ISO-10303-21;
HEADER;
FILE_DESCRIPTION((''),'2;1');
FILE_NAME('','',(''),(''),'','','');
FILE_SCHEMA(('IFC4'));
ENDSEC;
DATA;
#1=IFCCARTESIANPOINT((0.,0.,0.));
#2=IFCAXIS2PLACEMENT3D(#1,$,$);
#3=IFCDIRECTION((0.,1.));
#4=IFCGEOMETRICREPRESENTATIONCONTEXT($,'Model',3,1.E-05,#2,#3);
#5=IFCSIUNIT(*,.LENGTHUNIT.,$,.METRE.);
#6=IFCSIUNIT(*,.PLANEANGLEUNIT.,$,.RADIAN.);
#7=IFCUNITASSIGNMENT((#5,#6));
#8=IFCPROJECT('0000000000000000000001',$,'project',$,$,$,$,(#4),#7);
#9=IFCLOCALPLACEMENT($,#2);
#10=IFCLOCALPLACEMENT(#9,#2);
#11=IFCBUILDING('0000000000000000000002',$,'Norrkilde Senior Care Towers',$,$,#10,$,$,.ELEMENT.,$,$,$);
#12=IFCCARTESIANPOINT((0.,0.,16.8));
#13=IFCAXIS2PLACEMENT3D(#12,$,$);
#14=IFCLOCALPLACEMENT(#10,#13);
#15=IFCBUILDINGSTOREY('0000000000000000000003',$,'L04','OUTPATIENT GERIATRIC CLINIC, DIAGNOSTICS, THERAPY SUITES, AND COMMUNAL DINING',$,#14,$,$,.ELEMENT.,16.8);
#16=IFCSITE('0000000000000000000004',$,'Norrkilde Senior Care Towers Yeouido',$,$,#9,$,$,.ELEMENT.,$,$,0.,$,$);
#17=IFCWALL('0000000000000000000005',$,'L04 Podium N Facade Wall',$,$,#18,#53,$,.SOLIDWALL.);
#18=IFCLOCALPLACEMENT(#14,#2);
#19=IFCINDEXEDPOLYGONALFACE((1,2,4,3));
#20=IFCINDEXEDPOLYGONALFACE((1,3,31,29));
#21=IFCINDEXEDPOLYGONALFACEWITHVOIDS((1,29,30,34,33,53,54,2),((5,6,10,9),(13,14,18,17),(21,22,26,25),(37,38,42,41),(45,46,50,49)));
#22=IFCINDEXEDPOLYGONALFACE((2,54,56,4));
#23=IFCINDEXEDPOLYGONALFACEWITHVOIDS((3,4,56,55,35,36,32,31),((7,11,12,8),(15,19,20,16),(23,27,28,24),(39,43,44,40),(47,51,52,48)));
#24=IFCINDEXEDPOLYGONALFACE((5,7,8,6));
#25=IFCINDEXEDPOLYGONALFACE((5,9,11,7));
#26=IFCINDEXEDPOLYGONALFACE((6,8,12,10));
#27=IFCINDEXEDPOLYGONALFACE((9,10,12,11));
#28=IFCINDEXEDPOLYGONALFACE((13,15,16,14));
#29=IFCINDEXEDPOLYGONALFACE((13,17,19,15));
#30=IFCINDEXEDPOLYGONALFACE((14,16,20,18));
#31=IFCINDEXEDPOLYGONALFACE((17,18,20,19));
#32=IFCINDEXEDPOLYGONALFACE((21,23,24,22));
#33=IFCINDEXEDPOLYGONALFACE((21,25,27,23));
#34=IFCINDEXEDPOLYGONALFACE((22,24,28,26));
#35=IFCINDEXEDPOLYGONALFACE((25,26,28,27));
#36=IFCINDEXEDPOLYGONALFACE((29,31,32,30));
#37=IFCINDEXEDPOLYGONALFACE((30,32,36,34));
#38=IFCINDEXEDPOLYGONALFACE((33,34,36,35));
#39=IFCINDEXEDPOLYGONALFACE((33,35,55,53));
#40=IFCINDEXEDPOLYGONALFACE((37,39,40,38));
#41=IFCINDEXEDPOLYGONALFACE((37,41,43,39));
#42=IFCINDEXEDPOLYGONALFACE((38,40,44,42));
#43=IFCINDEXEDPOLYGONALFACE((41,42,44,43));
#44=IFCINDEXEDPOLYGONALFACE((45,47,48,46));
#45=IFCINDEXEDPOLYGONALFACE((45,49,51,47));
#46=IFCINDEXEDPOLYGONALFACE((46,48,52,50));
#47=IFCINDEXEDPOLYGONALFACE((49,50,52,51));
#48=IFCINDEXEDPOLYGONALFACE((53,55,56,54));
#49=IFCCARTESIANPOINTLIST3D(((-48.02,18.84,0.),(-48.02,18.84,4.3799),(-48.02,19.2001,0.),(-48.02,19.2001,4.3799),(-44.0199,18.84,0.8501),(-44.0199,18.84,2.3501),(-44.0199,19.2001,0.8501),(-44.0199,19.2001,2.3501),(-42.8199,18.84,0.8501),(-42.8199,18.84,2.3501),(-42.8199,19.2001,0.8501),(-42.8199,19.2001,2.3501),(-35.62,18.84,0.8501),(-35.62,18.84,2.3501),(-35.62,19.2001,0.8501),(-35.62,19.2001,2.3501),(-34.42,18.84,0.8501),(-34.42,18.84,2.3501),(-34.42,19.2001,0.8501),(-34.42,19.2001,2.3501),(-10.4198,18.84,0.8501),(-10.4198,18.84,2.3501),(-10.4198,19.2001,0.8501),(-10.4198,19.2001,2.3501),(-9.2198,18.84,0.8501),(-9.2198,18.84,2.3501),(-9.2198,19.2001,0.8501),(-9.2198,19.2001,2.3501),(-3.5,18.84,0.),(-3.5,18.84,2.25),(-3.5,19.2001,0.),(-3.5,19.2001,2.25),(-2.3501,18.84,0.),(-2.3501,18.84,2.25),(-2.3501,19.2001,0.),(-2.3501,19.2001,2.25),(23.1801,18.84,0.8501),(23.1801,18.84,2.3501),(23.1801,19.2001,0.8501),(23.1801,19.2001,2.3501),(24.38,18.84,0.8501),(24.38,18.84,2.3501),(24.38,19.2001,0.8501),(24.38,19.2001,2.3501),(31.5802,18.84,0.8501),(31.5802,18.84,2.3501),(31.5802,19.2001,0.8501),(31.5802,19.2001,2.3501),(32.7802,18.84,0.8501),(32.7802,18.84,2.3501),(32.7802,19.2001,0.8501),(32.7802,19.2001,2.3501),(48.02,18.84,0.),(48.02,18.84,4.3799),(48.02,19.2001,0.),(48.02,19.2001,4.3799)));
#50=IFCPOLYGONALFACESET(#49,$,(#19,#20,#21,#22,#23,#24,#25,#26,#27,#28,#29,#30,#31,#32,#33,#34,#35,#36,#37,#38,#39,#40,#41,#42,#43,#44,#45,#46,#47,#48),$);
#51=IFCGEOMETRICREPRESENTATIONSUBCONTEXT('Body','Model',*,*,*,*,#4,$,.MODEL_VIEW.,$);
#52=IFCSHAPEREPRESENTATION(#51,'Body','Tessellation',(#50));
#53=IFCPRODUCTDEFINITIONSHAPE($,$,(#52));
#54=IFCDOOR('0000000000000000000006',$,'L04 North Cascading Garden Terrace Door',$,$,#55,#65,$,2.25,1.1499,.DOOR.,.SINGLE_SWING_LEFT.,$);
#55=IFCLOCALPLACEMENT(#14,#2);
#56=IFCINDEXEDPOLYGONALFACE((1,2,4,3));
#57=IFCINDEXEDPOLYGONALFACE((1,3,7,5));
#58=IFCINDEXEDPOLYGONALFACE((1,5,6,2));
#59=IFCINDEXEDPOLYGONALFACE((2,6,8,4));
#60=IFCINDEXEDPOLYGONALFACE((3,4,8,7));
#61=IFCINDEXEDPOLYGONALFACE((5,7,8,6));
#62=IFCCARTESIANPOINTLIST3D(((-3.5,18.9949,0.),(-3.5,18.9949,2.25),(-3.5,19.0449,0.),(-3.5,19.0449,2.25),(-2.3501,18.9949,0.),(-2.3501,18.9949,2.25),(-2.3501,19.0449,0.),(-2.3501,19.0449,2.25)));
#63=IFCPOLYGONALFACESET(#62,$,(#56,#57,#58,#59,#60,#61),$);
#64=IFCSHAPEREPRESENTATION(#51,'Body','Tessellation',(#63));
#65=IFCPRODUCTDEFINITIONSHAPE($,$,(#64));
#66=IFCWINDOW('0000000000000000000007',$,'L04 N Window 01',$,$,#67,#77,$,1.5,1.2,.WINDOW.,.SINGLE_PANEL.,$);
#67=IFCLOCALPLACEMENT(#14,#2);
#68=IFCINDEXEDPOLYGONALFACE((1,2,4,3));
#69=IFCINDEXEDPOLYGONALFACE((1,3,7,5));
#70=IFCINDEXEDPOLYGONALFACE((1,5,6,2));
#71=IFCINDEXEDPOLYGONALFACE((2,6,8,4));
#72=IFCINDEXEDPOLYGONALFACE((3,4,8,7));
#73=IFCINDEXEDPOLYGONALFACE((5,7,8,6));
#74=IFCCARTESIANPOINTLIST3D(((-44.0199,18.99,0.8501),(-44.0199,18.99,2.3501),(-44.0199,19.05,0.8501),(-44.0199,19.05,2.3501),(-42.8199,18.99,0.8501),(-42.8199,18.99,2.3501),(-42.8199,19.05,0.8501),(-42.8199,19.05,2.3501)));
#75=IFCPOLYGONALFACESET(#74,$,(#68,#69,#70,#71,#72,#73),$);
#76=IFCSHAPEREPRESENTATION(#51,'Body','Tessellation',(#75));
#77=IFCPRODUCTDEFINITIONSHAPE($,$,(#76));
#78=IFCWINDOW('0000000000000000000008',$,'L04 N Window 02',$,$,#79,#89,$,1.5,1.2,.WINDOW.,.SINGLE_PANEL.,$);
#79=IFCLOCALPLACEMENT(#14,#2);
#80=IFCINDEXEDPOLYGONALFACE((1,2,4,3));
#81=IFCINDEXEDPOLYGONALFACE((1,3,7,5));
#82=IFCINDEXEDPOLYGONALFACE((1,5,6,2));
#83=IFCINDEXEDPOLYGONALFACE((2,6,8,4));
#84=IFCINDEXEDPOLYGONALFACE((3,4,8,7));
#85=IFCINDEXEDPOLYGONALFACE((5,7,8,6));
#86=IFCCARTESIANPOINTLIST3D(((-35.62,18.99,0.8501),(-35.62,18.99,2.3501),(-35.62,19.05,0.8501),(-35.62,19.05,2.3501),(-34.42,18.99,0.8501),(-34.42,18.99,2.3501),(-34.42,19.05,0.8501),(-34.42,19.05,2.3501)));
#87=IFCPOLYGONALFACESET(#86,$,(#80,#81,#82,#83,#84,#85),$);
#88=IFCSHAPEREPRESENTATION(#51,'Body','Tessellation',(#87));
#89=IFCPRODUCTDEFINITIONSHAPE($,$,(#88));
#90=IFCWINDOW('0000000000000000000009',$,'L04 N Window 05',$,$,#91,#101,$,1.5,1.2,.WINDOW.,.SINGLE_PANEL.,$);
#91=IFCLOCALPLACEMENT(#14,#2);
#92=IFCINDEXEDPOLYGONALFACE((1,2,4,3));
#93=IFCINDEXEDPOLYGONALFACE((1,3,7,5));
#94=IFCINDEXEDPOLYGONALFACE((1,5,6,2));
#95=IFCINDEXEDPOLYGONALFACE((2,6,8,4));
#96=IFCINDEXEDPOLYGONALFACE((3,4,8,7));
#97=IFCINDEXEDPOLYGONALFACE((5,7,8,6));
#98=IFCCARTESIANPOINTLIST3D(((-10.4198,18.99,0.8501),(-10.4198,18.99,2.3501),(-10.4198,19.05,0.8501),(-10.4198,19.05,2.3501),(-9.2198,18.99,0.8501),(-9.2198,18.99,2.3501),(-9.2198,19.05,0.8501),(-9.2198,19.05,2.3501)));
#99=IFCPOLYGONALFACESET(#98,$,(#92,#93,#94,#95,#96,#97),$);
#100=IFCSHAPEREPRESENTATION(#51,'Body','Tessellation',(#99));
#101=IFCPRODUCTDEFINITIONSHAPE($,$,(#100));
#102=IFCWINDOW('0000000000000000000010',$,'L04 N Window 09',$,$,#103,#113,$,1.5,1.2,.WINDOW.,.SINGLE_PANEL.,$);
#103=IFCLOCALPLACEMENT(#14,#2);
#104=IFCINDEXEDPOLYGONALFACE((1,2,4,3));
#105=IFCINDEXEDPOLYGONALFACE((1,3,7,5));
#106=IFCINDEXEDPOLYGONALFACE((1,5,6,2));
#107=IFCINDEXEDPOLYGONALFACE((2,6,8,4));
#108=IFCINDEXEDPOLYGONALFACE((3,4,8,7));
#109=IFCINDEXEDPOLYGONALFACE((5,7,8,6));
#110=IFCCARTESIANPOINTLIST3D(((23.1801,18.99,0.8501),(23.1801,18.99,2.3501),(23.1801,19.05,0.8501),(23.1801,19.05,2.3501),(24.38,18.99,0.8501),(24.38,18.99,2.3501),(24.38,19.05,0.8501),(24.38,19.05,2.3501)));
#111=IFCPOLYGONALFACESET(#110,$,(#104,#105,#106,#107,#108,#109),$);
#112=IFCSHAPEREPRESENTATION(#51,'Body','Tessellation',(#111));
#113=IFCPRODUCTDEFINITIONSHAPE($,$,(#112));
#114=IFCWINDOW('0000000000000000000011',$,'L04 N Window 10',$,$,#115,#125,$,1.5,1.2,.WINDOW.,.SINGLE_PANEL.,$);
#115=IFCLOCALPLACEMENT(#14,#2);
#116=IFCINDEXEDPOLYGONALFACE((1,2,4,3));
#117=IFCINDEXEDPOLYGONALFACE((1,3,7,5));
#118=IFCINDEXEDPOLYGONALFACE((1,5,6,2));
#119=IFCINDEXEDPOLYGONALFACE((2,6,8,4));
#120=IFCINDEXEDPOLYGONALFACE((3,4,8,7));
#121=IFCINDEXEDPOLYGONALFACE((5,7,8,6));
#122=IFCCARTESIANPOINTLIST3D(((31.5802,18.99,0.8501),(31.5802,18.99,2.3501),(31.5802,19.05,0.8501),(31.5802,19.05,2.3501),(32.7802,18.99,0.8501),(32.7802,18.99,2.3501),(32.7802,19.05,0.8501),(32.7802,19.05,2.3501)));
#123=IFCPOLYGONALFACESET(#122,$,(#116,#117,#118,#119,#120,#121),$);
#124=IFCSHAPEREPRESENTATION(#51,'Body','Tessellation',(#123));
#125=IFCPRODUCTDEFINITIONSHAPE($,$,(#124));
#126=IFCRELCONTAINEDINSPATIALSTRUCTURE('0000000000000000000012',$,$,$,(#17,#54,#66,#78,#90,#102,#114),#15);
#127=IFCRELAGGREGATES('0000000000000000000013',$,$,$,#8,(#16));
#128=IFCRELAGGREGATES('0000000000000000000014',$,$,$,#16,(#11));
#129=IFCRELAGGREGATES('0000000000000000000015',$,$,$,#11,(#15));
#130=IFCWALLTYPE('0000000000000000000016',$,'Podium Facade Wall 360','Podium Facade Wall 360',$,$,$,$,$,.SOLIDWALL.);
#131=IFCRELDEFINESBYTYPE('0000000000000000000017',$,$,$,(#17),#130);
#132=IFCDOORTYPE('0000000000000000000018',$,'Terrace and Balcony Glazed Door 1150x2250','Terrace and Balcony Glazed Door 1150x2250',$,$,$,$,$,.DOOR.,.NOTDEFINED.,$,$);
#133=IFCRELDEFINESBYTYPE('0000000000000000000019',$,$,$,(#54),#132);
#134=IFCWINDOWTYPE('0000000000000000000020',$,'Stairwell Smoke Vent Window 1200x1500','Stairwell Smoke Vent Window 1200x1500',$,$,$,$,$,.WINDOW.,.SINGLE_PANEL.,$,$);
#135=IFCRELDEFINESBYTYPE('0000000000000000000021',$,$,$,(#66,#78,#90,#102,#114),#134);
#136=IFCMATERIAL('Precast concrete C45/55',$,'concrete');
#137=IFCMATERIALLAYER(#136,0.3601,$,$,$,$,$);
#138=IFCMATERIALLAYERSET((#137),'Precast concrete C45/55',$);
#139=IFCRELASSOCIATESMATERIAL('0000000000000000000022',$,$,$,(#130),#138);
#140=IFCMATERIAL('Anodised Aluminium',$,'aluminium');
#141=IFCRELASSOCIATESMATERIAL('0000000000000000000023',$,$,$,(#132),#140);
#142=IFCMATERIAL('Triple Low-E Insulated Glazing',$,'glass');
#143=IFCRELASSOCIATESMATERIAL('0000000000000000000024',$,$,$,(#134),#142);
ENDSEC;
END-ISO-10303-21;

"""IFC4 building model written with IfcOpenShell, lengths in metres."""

from ifc_helpers import new_model, si_unit, direction, frame, frame_2d, origin, place, context, subcontext, project, spatial, rectangle, extrude, source, transform, mapped, material, layer, layer_set, type_object, type_shapes, element, fill, save


model = new_model("IFC4")

# Units and contexts
model_context = context("Model", 3, precision=1e-05, world=origin(), true_north=direction((0.0, 1.0)))
body_context = subcontext(model_context, "Body", "Model", "MODEL_VIEW")
ifc_project = project(units=[si_unit("LENGTHUNIT", "METRE"), si_unit("PLANEANGLEUNIT", "RADIAN")], contexts=[model_context])

# Site, building, storey
site_placement = place(None, origin())
site = spatial("IfcSite", under=ifc_project, at=site_placement, Name="Norrkilde Senior Care Towers Yeouido", CompositionType="ELEMENT", RefElevation=0.0)
building_placement = place(site_placement, origin())
building = spatial("IfcBuilding", under=site, at=building_placement, Name="Norrkilde Senior Care Towers", CompositionType="ELEMENT")
storey_placement = place(building_placement, frame((0.0, 0.0, 16.8)))
storey = spatial("IfcBuildingStorey", under=building, at=storey_placement, Name="L04", Description="OUTPATIENT GERIATRIC CLINIC, DIAGNOSTICS, THERAPY SUITES, AND COMMUNAL DINING", CompositionType="ELEMENT", Elevation=16.8)

# Wall, openings, door, windows
ifc_material_1 = material(Name="Precast concrete C45/55", Category="concrete")
ifc_layer_1 = layer(ifc_material_1, 0.3601)
ifc_layer_set_1 = layer_set([ifc_layer_1], Name="Precast concrete C45/55")
wall_type_1 = type_object("IfcWallType", Name="Podium Facade Wall 360", Description="Podium Facade Wall 360", PredefinedType="SOLIDWALL", material=ifc_layer_set_1)
shared_shape_1 = source(origin(), body_context, "Body", "SweptSolid", [
    extrude(rectangle(XDim=96.04, YDim=0.3601, at=frame_2d((48.02, 0.0))), origin(), (0.0, 0.0, 1.0), 4.3799),
])
type_shapes(wall_type_1, [shared_shape_1])
wall_1_placement = place(storey_placement, frame((-48.02, 19.02, 0.0), z_axis=(0.0, 0.0, 1.0), x_axis=(1.0, 0.0, 0.0)))
wall_1 = element("IfcWall", 1, at=wall_1_placement, inside=storey, type_object=wall_type_1, Name="L04 Podium N Facade Wall", PredefinedType="SOLIDWALL", context=body_context, shape_type="MappedRepresentation", body=[
    mapped(shared_shape_1, transform((0.0, 0.0, 0.0), x_axis=(1.0, 0.0, 0.0), y_axis=(0.0, 1.0, 0.0), z_axis=(0.0, 0.0, 1.0), scale=1.0)),
])
opening_1_placement = place(wall_1_placement, frame((44.52, 0.0, 0.0)))
opening_1 = element("IfcOpeningElement", 2, at=opening_1_placement, cuts=wall_1, PredefinedType="OPENING", context=body_context, shape_type="SweptSolid", body=[
    extrude(rectangle(XDim=1.1499, YDim=2.25, at=frame_2d((0.575, 1.125))), frame((0.0, 0.1899, 0.0), z_axis=(0.0, -1.0, 0.0), x_axis=(1.0, 0.0, 0.0)), (0.0, 0.0, 1.0), 0.3801),
])
opening_2_placement = place(wall_1_placement, frame((4.0, 0.0, 0.8501)))
opening_2 = element("IfcOpeningElement", 3, at=opening_2_placement, cuts=wall_1, PredefinedType="OPENING", context=body_context, shape_type="SweptSolid", body=[
    extrude(rectangle(XDim=1.2, YDim=1.5, at=frame_2d((0.6001, 0.75))), frame((0.0, 0.1899, 0.0), z_axis=(0.0, -1.0, 0.0), x_axis=(1.0, 0.0, 0.0)), (0.0, 0.0, 1.0), 0.3801),
])
opening_3_placement = place(wall_1_placement, frame((12.3999, 0.0, 0.8501)))
opening_3 = element("IfcOpeningElement", 4, at=opening_3_placement, cuts=wall_1, PredefinedType="OPENING", context=body_context, shape_type="SweptSolid", body=[
    extrude(rectangle(XDim=1.2, YDim=1.5, at=frame_2d((0.6001, 0.75))), frame((0.0, 0.1899, 0.0), z_axis=(0.0, -1.0, 0.0), x_axis=(1.0, 0.0, 0.0)), (0.0, 0.0, 1.0), 0.3801),
])
opening_4_placement = place(wall_1_placement, frame((37.6001, 0.0, 0.8501)))
opening_4 = element("IfcOpeningElement", 5, at=opening_4_placement, cuts=wall_1, PredefinedType="OPENING", context=body_context, shape_type="SweptSolid", body=[
    extrude(rectangle(XDim=1.2, YDim=1.5, at=frame_2d((0.6001, 0.75))), frame((0.0, 0.1899, 0.0), z_axis=(0.0, -1.0, 0.0), x_axis=(1.0, 0.0, 0.0)), (0.0, 0.0, 1.0), 0.3801),
])
opening_5_placement = place(wall_1_placement, frame((71.2, 0.0, 0.8501)))
opening_5 = element("IfcOpeningElement", 6, at=opening_5_placement, cuts=wall_1, PredefinedType="OPENING", context=body_context, shape_type="SweptSolid", body=[
    extrude(rectangle(XDim=1.2, YDim=1.5, at=frame_2d((0.6001, 0.75))), frame((0.0, 0.1899, 0.0), z_axis=(0.0, -1.0, 0.0), x_axis=(1.0, 0.0, 0.0)), (0.0, 0.0, 1.0), 0.3801),
])
opening_6_placement = place(wall_1_placement, frame((79.6001, 0.0, 0.8501)))
opening_6 = element("IfcOpeningElement", 7, at=opening_6_placement, cuts=wall_1, PredefinedType="OPENING", context=body_context, shape_type="SweptSolid", body=[
    extrude(rectangle(XDim=1.2, YDim=1.5, at=frame_2d((0.6001, 0.75))), frame((0.0, 0.1899, 0.0), z_axis=(0.0, -1.0, 0.0), x_axis=(1.0, 0.0, 0.0)), (0.0, 0.0, 1.0), 0.3801),
])
ifc_material_2 = material(Name="Anodised Aluminium", Category="aluminium")
door_type_1 = type_object("IfcDoorType", Name="Terrace and Balcony Glazed Door 1150x2250", Description="Terrace and Balcony Glazed Door 1150x2250", OperationType="NOTDEFINED", PredefinedType="DOOR", material=ifc_material_2)
shared_shape_2 = source(origin(), body_context, "Body", "SweptSolid", [
    extrude(rectangle(XDim=1.1499, YDim=2.25, at=frame_2d((0.575, 1.125))), frame((0.0, 0.0249, 0.0), z_axis=(0.0, -1.0, 0.0), x_axis=(1.0, 0.0, 0.0)), (0.0, 0.0, 1.0), 0.05),
])
type_shapes(door_type_1, [shared_shape_2])
door_1_placement = place(opening_1_placement, origin())
door_1 = element("IfcDoor", 8, at=door_1_placement, inside=storey, type_object=door_type_1, Name="L04 North Cascading Garden Terrace Door", OperationType="SINGLE_SWING_LEFT", OverallHeight=2.25, OverallWidth=1.1499, PredefinedType="DOOR", context=body_context, shape_type="MappedRepresentation", body=[
    mapped(shared_shape_2, transform((0.0, 0.0, 0.0), x_axis=(1.0, 0.0, 0.0), y_axis=(0.0, 1.0, 0.0), z_axis=(0.0, 0.0, 1.0), scale=1.0)),
])
fill(opening_1, door_1)
ifc_material_3 = material(Name="Triple Low-E Insulated Glazing", Category="glass")
window_type = type_object("IfcWindowType", Name="Stairwell Smoke Vent Window 1200x1500", Description="Stairwell Smoke Vent Window 1200x1500", PartitioningType="SINGLE_PANEL", PredefinedType="WINDOW", material=ifc_material_3)
shared_shape_3 = source(origin(), body_context, "Body", "SweptSolid", [
    extrude(rectangle(XDim=1.2, YDim=1.5, at=frame_2d((0.6001, 0.75))), frame((0.0, 0.03, 0.0), z_axis=(0.0, -1.0, 0.0), x_axis=(1.0, 0.0, 0.0)), (0.0, 0.0, 1.0), 0.0601),
])
type_shapes(window_type, [shared_shape_3])
window_1_placement = place(opening_2_placement, origin())
window_1 = element("IfcWindow", 9, at=window_1_placement, inside=storey, type_object=window_type, Name="L04 N Window 01", OverallHeight=1.5, OverallWidth=1.2, PartitioningType="SINGLE_PANEL", PredefinedType="WINDOW", context=body_context, shape_type="MappedRepresentation", body=[
    mapped(shared_shape_3, transform((0.0, 0.0, 0.0), x_axis=(1.0, 0.0, 0.0), y_axis=(0.0, 1.0, 0.0), z_axis=(0.0, 0.0, 1.0), scale=1.0)),
])
fill(opening_2, window_1)
window_2_placement = place(opening_3_placement, origin())
window_2 = element("IfcWindow", 10, at=window_2_placement, inside=storey, type_object=window_type, Name="L04 N Window 02", OverallHeight=1.5, OverallWidth=1.2, PartitioningType="SINGLE_PANEL", PredefinedType="WINDOW", context=body_context, shape_type="MappedRepresentation", body=[
    mapped(shared_shape_3, transform((0.0, 0.0, 0.0), x_axis=(1.0, 0.0, 0.0), y_axis=(0.0, 1.0, 0.0), z_axis=(0.0, 0.0, 1.0), scale=1.0)),
])
fill(opening_3, window_2)
window_3_placement = place(opening_4_placement, origin())
window_3 = element("IfcWindow", 11, at=window_3_placement, inside=storey, type_object=window_type, Name="L04 N Window 05", OverallHeight=1.5, OverallWidth=1.2, PartitioningType="SINGLE_PANEL", PredefinedType="WINDOW", context=body_context, shape_type="MappedRepresentation", body=[
    mapped(shared_shape_3, transform((0.0, 0.0, 0.0), x_axis=(1.0, 0.0, 0.0), y_axis=(0.0, 1.0, 0.0), z_axis=(0.0, 0.0, 1.0), scale=1.0)),
])
fill(opening_4, window_3)
window_4_placement = place(opening_5_placement, origin())
window_4 = element("IfcWindow", 12, at=window_4_placement, inside=storey, type_object=window_type, Name="L04 N Window 09", OverallHeight=1.5, OverallWidth=1.2, PartitioningType="SINGLE_PANEL", PredefinedType="WINDOW", context=body_context, shape_type="MappedRepresentation", body=[
    mapped(shared_shape_3, transform((0.0, 0.0, 0.0), x_axis=(1.0, 0.0, 0.0), y_axis=(0.0, 1.0, 0.0), z_axis=(0.0, 0.0, 1.0), scale=1.0)),
])
fill(opening_5, window_4)
window_5_placement = place(opening_6_placement, origin())
window_5 = element("IfcWindow", 13, at=window_5_placement, inside=storey, type_object=window_type, Name="L04 N Window 10", OverallHeight=1.5, OverallWidth=1.2, PartitioningType="SINGLE_PANEL", PredefinedType="WINDOW", context=body_context, shape_type="MappedRepresentation", body=[
    mapped(shared_shape_3, transform((0.0, 0.0, 0.0), x_axis=(1.0, 0.0, 0.0), y_axis=(0.0, 1.0, 0.0), z_axis=(0.0, 0.0, 1.0), scale=1.0)),
])
fill(opening_6, window_5)

save(model, "model.ifc")
